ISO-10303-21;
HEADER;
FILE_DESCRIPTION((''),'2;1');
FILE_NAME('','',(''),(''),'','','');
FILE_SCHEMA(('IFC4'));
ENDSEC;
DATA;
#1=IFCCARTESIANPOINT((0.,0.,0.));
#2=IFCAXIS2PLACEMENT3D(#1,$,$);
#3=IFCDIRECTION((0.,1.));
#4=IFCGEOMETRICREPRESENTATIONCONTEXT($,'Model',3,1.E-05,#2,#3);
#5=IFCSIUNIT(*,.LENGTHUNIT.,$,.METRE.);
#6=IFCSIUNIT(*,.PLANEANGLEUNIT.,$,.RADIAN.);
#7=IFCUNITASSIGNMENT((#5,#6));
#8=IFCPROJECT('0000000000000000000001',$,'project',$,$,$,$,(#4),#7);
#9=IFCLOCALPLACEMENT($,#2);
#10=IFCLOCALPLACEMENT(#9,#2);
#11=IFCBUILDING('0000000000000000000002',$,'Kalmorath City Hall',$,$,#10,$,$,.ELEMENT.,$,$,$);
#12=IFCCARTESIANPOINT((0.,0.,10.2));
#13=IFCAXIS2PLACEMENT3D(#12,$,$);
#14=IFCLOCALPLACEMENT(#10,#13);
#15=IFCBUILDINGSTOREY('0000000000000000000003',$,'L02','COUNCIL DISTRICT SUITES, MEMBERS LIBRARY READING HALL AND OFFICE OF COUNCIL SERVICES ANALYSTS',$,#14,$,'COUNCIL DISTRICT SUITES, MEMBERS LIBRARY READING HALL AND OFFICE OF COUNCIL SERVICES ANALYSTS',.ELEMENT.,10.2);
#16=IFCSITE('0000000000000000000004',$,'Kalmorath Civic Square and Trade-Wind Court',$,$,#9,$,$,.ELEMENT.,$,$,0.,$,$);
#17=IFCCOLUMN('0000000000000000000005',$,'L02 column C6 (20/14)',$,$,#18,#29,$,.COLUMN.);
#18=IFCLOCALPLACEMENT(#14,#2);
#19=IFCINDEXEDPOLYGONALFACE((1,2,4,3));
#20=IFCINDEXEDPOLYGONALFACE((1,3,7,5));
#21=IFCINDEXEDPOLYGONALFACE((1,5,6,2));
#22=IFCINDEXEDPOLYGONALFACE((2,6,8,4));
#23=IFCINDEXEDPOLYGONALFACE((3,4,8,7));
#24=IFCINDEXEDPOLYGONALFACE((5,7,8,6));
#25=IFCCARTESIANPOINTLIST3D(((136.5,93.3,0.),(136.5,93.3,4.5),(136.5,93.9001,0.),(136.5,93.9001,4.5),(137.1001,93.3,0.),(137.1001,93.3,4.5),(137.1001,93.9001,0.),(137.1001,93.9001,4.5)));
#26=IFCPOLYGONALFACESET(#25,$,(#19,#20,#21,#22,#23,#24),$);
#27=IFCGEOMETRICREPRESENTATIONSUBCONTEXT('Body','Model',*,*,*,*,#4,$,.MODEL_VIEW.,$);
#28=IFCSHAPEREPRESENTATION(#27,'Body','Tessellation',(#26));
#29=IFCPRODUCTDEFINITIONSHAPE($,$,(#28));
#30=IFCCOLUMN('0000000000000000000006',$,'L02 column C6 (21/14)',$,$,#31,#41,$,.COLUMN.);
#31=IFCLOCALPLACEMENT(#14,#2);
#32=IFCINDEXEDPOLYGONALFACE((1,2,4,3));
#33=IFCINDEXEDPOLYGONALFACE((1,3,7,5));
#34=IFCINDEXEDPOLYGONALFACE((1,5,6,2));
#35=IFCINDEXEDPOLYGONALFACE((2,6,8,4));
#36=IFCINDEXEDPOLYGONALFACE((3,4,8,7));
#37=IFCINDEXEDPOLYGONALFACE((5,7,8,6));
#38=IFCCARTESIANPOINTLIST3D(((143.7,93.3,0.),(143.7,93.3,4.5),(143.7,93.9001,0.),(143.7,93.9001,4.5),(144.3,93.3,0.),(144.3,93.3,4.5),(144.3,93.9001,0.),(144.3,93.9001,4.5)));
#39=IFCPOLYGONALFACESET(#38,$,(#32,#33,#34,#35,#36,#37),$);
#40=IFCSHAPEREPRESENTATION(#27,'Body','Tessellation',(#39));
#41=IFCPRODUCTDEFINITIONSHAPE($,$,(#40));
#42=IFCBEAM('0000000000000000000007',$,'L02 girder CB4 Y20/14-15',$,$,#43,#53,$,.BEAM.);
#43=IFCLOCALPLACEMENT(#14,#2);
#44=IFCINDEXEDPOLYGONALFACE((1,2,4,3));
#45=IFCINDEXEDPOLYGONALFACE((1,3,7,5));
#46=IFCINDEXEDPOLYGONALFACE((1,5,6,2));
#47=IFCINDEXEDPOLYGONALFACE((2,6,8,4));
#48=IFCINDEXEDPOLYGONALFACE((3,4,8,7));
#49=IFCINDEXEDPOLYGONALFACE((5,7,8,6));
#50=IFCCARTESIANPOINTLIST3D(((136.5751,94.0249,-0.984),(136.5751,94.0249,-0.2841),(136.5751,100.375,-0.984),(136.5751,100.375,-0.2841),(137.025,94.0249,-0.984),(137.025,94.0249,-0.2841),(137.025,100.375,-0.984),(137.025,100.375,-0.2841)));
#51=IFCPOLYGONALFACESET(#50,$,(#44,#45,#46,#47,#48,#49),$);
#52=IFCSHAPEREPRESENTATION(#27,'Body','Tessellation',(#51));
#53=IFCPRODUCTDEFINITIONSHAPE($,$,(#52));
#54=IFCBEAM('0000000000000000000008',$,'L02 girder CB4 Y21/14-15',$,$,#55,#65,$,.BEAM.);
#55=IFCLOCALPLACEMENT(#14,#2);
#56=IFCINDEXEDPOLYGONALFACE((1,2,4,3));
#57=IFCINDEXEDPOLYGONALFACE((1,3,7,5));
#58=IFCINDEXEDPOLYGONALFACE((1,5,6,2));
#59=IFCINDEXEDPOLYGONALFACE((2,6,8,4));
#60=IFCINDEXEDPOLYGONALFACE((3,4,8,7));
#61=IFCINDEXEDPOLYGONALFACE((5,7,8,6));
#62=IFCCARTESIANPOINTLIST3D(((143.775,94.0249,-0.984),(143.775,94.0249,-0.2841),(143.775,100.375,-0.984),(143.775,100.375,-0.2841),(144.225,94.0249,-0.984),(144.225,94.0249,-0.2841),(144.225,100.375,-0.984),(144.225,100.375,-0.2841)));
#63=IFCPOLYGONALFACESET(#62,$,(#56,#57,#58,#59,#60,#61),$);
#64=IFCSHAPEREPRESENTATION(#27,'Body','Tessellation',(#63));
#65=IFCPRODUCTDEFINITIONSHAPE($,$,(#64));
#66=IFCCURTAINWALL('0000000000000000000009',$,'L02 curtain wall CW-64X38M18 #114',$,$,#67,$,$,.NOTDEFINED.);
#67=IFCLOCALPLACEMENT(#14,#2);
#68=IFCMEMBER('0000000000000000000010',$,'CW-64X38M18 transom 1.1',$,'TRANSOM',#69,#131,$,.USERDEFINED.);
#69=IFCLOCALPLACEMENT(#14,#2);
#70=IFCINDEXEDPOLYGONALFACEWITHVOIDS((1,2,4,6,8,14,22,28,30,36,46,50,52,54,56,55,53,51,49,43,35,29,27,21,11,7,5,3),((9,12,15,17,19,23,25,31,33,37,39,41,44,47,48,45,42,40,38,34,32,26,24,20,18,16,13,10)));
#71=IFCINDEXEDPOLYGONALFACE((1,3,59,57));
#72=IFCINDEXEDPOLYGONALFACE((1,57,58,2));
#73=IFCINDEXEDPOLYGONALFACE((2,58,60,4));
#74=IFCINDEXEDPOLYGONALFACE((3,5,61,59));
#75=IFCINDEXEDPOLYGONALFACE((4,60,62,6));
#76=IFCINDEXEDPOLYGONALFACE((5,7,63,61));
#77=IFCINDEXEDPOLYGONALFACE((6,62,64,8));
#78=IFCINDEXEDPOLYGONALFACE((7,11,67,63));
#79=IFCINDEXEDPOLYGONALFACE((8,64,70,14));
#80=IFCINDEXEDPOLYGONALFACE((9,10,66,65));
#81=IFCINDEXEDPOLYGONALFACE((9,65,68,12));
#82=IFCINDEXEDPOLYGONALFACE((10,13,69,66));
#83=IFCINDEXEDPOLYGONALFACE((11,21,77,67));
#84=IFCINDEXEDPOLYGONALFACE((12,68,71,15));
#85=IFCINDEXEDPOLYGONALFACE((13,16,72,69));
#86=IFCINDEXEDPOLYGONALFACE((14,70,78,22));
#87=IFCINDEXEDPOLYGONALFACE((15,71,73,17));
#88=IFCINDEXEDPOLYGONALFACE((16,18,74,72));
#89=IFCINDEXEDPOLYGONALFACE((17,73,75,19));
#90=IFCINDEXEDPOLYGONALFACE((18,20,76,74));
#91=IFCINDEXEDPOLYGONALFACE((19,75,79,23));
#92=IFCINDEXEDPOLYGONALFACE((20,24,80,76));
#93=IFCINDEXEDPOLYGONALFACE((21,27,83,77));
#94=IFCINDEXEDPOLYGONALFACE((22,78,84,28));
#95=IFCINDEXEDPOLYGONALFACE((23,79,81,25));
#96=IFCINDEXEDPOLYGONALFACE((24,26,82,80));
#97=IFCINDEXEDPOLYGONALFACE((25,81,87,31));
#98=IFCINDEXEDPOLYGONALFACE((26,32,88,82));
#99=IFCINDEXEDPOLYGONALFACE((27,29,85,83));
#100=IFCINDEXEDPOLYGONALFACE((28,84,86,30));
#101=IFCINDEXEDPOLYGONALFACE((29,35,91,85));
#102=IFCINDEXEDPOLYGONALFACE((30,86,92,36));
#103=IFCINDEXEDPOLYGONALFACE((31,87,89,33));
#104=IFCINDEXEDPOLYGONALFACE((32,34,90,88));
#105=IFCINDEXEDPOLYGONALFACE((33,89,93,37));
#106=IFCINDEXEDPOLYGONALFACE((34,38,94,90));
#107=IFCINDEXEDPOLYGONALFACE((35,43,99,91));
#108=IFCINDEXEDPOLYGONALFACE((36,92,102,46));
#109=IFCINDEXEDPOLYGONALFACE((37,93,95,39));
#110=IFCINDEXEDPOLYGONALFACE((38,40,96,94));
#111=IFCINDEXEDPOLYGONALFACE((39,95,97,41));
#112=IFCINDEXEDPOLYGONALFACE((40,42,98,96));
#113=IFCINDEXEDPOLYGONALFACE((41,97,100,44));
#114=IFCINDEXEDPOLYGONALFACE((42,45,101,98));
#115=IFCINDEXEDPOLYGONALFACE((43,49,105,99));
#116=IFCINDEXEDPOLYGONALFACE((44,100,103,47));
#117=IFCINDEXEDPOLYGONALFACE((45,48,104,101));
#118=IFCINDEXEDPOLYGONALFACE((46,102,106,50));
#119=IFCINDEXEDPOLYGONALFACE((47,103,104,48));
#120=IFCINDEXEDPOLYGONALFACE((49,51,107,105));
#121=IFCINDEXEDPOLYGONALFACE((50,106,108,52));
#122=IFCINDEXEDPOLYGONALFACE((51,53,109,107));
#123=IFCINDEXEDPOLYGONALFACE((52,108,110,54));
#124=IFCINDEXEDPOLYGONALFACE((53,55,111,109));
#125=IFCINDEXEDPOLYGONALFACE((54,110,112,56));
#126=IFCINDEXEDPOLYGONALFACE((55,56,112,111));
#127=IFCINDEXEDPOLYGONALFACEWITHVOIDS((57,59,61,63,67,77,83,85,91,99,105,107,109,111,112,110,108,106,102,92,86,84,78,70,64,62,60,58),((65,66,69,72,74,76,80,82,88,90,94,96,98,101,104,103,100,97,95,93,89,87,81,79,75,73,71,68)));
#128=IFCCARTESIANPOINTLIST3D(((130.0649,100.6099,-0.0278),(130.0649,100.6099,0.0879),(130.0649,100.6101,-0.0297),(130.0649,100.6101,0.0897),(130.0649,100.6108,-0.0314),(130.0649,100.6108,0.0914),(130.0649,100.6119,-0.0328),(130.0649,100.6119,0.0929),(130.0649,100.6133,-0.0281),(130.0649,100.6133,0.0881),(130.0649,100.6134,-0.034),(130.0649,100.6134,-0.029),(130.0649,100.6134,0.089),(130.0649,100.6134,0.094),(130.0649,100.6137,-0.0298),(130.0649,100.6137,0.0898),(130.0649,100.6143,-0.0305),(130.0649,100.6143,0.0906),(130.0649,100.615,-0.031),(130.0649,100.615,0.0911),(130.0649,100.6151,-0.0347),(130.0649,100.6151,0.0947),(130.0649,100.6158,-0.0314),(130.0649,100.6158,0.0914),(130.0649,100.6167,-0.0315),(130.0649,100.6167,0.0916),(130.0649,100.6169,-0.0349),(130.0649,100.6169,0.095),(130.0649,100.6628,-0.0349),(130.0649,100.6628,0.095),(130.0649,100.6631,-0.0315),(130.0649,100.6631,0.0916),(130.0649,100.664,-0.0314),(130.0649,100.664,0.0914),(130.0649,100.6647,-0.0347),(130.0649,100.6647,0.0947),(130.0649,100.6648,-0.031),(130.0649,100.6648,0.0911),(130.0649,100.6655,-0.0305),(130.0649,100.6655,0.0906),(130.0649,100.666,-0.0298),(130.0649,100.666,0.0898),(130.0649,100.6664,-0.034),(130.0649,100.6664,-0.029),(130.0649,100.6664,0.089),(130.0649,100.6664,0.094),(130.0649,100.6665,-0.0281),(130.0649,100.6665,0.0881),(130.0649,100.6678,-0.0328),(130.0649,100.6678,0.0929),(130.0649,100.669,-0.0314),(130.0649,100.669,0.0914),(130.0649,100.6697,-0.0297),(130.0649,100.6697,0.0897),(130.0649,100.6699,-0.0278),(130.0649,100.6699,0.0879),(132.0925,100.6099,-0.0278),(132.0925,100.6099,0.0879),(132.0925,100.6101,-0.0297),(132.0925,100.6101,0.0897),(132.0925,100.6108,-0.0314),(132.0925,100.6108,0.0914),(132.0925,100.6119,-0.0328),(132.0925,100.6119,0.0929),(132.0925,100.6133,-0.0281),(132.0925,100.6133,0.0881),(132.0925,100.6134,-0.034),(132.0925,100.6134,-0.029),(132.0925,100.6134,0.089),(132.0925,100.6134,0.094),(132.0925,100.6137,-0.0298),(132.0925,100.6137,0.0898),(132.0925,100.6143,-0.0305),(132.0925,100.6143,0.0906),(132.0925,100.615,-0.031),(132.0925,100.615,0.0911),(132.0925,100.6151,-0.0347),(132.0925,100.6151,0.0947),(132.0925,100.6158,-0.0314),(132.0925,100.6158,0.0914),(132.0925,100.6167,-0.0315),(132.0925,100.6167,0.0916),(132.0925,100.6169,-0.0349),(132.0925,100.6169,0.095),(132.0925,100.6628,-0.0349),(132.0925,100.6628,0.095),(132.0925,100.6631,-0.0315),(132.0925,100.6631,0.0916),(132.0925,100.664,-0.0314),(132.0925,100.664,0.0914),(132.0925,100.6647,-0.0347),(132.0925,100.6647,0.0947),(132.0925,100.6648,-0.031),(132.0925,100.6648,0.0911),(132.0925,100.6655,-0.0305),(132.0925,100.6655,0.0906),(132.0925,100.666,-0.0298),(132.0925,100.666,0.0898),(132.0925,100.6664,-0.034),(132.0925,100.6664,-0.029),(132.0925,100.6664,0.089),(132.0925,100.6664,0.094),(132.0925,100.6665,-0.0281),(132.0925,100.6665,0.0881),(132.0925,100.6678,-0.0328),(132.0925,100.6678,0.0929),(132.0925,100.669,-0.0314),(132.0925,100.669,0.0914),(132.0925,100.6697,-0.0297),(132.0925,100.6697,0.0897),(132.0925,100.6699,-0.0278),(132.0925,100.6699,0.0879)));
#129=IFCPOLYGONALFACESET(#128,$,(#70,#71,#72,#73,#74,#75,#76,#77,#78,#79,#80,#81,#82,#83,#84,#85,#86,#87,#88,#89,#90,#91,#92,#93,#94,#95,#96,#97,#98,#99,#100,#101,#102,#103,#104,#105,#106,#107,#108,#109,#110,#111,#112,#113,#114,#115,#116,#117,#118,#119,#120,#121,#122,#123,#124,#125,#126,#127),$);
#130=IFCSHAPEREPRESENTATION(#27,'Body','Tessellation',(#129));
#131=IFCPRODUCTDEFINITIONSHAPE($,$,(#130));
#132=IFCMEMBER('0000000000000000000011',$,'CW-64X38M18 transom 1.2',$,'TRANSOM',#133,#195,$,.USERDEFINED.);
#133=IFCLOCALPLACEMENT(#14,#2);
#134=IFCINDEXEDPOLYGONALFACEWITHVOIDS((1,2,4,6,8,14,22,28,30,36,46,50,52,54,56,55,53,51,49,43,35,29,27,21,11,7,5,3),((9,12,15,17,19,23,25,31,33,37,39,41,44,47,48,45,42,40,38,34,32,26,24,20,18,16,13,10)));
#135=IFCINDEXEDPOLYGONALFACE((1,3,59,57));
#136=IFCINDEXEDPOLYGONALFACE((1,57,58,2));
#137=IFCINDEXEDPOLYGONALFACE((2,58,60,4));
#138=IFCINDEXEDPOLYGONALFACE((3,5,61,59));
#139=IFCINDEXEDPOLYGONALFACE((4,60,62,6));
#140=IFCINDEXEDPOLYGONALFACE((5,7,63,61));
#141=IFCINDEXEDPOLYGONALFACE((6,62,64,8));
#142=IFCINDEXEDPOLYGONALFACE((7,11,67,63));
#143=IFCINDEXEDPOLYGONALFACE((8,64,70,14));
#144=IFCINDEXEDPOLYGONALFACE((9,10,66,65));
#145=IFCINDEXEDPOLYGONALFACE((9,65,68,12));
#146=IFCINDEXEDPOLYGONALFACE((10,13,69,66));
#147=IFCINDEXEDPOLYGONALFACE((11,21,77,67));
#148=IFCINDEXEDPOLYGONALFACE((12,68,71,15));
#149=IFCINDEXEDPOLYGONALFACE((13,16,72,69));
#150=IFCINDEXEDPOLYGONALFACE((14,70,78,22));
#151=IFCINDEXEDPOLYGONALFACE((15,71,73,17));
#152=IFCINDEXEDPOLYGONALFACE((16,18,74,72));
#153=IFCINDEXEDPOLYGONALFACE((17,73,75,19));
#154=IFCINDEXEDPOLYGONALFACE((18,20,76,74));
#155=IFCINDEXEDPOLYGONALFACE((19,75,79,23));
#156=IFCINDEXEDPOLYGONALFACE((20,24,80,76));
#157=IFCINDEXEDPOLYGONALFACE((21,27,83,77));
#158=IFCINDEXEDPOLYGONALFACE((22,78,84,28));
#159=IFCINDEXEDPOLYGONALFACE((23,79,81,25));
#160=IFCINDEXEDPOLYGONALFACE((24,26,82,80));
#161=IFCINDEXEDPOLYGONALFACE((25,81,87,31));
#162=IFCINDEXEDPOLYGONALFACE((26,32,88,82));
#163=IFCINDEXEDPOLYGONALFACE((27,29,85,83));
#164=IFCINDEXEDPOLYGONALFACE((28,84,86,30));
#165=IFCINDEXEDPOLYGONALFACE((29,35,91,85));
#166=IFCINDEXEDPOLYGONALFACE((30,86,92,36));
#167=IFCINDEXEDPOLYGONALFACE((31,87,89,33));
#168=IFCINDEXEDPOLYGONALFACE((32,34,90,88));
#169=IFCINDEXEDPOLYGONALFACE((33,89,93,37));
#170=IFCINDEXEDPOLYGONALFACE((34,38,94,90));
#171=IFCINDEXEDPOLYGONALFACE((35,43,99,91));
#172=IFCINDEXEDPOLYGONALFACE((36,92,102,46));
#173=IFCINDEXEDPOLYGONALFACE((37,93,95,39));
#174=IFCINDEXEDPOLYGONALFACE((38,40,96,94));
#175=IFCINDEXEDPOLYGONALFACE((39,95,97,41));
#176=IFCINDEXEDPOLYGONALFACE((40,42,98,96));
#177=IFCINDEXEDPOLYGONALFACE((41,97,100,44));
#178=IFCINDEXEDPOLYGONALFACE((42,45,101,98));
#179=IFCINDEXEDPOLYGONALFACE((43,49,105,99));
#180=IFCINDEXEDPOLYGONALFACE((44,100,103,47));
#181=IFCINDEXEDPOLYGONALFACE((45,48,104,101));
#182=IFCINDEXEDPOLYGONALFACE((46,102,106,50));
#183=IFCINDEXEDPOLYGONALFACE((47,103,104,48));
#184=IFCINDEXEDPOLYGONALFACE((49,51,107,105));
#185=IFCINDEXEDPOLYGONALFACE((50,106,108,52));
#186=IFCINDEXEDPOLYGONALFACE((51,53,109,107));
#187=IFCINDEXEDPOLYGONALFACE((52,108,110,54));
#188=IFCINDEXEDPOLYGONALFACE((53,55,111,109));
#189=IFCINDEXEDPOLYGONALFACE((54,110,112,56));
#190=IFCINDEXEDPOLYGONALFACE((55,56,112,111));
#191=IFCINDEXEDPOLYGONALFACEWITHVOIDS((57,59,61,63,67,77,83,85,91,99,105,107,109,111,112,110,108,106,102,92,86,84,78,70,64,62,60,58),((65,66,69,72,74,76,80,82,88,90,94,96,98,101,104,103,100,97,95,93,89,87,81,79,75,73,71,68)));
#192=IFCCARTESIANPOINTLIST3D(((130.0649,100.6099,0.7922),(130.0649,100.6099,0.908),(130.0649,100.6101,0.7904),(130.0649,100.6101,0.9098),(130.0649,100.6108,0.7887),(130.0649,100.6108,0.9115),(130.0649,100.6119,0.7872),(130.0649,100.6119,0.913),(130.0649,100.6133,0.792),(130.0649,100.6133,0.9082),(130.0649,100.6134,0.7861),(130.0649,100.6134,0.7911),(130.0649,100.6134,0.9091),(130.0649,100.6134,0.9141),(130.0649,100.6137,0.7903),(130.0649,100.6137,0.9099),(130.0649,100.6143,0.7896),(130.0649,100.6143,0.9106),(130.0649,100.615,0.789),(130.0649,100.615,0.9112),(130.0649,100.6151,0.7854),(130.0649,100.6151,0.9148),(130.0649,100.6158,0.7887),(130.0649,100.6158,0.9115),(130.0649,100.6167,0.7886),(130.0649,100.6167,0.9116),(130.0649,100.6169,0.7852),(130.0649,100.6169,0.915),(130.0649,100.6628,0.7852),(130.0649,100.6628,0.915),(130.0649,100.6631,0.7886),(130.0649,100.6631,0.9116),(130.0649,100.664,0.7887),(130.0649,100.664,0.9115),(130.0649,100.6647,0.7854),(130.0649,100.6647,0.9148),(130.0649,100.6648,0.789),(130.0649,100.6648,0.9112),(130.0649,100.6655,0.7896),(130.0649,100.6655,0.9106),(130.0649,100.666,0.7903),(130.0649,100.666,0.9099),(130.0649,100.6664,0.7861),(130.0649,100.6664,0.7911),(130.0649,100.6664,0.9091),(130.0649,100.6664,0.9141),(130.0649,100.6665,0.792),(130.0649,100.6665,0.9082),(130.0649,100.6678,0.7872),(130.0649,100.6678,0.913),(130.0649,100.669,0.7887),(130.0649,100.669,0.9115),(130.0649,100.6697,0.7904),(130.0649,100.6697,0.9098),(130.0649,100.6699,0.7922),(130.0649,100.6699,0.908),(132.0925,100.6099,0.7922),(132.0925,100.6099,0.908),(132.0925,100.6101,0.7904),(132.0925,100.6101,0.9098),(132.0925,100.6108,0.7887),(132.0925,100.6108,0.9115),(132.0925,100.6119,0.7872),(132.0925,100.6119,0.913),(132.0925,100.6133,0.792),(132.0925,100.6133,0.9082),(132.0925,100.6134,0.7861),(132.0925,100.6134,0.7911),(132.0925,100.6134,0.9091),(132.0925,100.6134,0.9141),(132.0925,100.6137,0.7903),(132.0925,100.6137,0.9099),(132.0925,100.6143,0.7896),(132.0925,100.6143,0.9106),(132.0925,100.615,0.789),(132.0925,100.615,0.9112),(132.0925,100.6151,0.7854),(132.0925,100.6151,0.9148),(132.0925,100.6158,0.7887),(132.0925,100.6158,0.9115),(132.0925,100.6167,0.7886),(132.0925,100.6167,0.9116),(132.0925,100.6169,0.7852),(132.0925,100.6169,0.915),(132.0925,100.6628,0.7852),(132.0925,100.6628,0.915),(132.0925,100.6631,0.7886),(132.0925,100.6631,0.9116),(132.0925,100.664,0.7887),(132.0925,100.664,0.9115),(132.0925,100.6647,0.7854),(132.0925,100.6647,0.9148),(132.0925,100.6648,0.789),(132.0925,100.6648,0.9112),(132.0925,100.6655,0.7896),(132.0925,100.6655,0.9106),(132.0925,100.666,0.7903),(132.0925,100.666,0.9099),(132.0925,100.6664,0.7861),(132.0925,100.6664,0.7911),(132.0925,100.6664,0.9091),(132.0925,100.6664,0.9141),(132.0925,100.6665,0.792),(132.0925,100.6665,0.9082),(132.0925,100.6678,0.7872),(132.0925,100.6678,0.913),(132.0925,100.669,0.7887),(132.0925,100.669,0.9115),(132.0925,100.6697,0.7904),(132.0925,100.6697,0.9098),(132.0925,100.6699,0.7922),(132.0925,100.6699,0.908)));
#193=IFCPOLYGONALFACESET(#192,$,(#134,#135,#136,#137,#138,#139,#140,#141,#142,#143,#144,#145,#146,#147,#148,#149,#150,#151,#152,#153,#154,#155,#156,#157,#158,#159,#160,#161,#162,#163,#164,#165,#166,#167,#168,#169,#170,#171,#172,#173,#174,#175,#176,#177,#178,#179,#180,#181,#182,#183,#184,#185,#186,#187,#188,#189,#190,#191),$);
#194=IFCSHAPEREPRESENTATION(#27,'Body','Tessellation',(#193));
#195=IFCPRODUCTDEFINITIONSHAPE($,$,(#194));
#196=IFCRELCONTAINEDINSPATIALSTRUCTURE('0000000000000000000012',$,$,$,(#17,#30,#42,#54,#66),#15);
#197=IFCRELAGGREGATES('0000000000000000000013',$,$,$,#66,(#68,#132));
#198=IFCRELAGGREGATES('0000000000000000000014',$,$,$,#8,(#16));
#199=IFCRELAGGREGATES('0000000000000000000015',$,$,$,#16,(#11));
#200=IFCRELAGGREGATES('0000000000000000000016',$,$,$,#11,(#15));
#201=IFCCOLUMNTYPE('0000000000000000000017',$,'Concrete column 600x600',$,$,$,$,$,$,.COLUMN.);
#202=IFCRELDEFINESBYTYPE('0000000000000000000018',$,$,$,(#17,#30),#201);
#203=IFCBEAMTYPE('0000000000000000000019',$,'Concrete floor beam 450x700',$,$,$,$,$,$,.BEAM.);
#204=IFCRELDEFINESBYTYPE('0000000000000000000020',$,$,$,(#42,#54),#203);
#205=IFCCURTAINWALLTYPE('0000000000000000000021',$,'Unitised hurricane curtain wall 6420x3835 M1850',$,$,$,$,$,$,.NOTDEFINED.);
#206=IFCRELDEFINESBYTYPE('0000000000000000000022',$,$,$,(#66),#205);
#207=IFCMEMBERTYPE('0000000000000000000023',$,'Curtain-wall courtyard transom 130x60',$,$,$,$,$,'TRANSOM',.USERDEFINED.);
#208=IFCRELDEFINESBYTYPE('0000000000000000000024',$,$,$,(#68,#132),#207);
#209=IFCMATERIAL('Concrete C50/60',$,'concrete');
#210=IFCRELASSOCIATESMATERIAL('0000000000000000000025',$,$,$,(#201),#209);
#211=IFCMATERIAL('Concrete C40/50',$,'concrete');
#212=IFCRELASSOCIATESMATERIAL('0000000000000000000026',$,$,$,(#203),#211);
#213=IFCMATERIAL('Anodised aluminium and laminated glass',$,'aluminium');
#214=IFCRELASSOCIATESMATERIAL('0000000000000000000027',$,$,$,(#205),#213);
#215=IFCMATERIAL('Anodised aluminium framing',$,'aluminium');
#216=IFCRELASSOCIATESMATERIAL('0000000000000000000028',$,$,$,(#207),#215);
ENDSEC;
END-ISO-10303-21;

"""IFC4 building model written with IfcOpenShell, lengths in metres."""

from ifc_helpers import new_model, si_unit, direction, frame, origin, origin_2d, place, context, subcontext, project, spatial, rectangle, hollow_rectangle, extrude, material, material_profile, profile_set, type_object, element, aggregate, save


model = new_model("IFC4")

# Units and contexts
model_context = context("Model", 3, precision=1e-05, world=origin(), true_north=direction((0.0, 1.0)))
body_context = subcontext(model_context, "Body", "Model", "MODEL_VIEW")
ifc_project = project(units=[si_unit("LENGTHUNIT", "METRE"), si_unit("PLANEANGLEUNIT", "RADIAN")], contexts=[model_context])

# Site, building, storey
site_placement = place(None, origin())
site = spatial("IfcSite", under=ifc_project, at=site_placement, Name="Kalmorath Civic Square and Trade-Wind Court", CompositionType="ELEMENT", RefElevation=0.0)
building_placement = place(site_placement, origin())
building = spatial("IfcBuilding", under=site, at=building_placement, Name="Kalmorath City Hall", CompositionType="ELEMENT")
storey_placement = place(building_placement, frame((0.0, 0.0, 10.2)))
storey = spatial("IfcBuildingStorey", under=building, at=storey_placement, Name="L02", Description="COUNCIL DISTRICT SUITES, MEMBERS LIBRARY READING HALL AND OFFICE OF COUNCIL SERVICES ANALYSTS", LongName="COUNCIL DISTRICT SUITES, MEMBERS LIBRARY READING HALL AND OFFICE OF COUNCIL SERVICES ANALYSTS", CompositionType="ELEMENT", Elevation=10.2)

# Columns
ifc_material_1 = material(Name="Concrete C50/60", Category="concrete")
ifc_material_profile_1 = material_profile(ifc_material_1, rectangle(XDim=0.6001, YDim=0.6001, at=origin_2d()), Name="RC-COL-600X600")
ifc_profile_set_1 = profile_set([ifc_material_profile_1], Name="Concrete C50/60")
column_type = type_object("IfcColumnType", Name="Concrete column 600x600", PredefinedType="COLUMN", material=ifc_profile_set_1)
for number, where, z_axis, x_axis, name in (
    (1, (136.8, 93.6001, 0.0), (0.0, 0.0, 1.0), (1.0, 0.0, 0.0), "L02 column C6 (20/14)"),
    (2, (144.0, 93.6001, 0.0), (0.0, 0.0, 1.0), (1.0, 0.0, 0.0), "L02 column C6 (21/14)"),
):
    element("IfcColumn", number, at=place(storey_placement, frame(where, z_axis=z_axis, x_axis=x_axis)), inside=storey, type_object=column_type, Name=name, PredefinedType="COLUMN", context=body_context, shape_type="SweptSolid", body=[
        extrude(rectangle(XDim=0.6001, YDim=0.6001, at=origin_2d()), origin(), (0.0, 0.0, 1.0), 4.5),
    ])

# Beams
ifc_material_2 = material(Name="Concrete C40/50", Category="concrete")
ifc_material_profile_2 = material_profile(ifc_material_2, rectangle(XDim=0.45, YDim=0.7, at=origin_2d()), Name="RC-BM-450X700")
ifc_profile_set_2 = profile_set([ifc_material_profile_2], Name="Concrete C40/50")
beam_type_1 = type_object("IfcBeamType", Name="Concrete floor beam 450x700", PredefinedType="BEAM", material=ifc_profile_set_2)
for number, where, z_axis, x_axis, name in (
    (3, (136.8, 94.0249, -0.634), (0.0, 1.0, 0.0), (-1.0, 0.0, 0.0), "L02 girder CB4 Y20/14-15"),
    (4, (144.0, 94.0249, -0.634), (0.0, 1.0, 0.0), (-1.0, 0.0, 0.0), "L02 girder CB4 Y21/14-15"),
):
    element("IfcBeam", number, at=place(storey_placement, frame(where, z_axis=z_axis, x_axis=x_axis)), inside=storey, type_object=beam_type_1, Name=name, PredefinedType="BEAM", context=body_context, shape_type="SweptSolid", body=[
        extrude(rectangle(XDim=0.45, YDim=0.7, at=origin_2d()), origin(), (0.0, 0.0, 1.0), 6.3501),
    ])

# Curtain wall, members
ifc_material_3 = material(Name="Anodised aluminium and laminated glass", Category="aluminium")
curtain_wall_type = type_object("IfcCurtainWallType", Name="Unitised hurricane curtain wall 6420x3835 M1850", PredefinedType="NOTDEFINED", material=ifc_material_3)
curtain_wall_placement = place(storey_placement, origin())
curtain_wall = element("IfcCurtainWall", 5, at=curtain_wall_placement, inside=storey, type_object=curtain_wall_type, Name="L02 curtain wall CW-64X38M18 #114", PredefinedType="NOTDEFINED")
ifc_material_4 = material(Name="Anodised aluminium framing", Category="aluminium")
ifc_material_profile_3 = material_profile(ifc_material_4, hollow_rectangle(XDim=0.0601, YDim=0.1299, WallThickness=0.0034, InnerFilletRadius=0.0034, OuterFilletRadius=0.0071, at=origin_2d()), Name="ALU-TRN-130X60X3.5")
ifc_profile_set_3 = profile_set([ifc_material_profile_3], Name="Anodised aluminium framing")
member_type_1 = type_object("IfcMemberType", Name="Curtain-wall courtyard transom 130x60", ElementType="TRANSOM", PredefinedType="USERDEFINED", material=ifc_profile_set_3)
member_1_placement = place(storey_placement, frame((130.0649, 100.6399, 0.03), z_axis=(1.0, 0.0, 0.0), x_axis=(0.0, 1.0, 0.0)))
member_1 = element("IfcMember", 6, at=member_1_placement, type_object=member_type_1, Name="CW-64X38M18 transom 1.1", ObjectType="TRANSOM", PredefinedType="USERDEFINED", context=body_context, shape_type="SweptSolid", body=[
    extrude(hollow_rectangle(XDim=0.0601, YDim=0.1299, WallThickness=0.0034, InnerFilletRadius=0.0034, OuterFilletRadius=0.0071, at=origin_2d()), origin(), (0.0, 0.0, 1.0), 2.0276),
])
member_2_placement = place(storey_placement, frame((130.0649, 100.6399, 0.8501), z_axis=(1.0, 0.0, 0.0), x_axis=(0.0, 1.0, 0.0)))
member_2 = element("IfcMember", 7, at=member_2_placement, type_object=member_type_1, Name="CW-64X38M18 transom 1.2", ObjectType="TRANSOM", PredefinedType="USERDEFINED", context=body_context, shape_type="SweptSolid", body=[
    extrude(hollow_rectangle(XDim=0.0601, YDim=0.1299, WallThickness=0.0034, InnerFilletRadius=0.0034, OuterFilletRadius=0.0071, at=origin_2d()), origin(), (0.0, 0.0, 1.0), 2.0276),
])

aggregate(curtain_wall, [member_1, member_2])

save(model, "model.ifc")
